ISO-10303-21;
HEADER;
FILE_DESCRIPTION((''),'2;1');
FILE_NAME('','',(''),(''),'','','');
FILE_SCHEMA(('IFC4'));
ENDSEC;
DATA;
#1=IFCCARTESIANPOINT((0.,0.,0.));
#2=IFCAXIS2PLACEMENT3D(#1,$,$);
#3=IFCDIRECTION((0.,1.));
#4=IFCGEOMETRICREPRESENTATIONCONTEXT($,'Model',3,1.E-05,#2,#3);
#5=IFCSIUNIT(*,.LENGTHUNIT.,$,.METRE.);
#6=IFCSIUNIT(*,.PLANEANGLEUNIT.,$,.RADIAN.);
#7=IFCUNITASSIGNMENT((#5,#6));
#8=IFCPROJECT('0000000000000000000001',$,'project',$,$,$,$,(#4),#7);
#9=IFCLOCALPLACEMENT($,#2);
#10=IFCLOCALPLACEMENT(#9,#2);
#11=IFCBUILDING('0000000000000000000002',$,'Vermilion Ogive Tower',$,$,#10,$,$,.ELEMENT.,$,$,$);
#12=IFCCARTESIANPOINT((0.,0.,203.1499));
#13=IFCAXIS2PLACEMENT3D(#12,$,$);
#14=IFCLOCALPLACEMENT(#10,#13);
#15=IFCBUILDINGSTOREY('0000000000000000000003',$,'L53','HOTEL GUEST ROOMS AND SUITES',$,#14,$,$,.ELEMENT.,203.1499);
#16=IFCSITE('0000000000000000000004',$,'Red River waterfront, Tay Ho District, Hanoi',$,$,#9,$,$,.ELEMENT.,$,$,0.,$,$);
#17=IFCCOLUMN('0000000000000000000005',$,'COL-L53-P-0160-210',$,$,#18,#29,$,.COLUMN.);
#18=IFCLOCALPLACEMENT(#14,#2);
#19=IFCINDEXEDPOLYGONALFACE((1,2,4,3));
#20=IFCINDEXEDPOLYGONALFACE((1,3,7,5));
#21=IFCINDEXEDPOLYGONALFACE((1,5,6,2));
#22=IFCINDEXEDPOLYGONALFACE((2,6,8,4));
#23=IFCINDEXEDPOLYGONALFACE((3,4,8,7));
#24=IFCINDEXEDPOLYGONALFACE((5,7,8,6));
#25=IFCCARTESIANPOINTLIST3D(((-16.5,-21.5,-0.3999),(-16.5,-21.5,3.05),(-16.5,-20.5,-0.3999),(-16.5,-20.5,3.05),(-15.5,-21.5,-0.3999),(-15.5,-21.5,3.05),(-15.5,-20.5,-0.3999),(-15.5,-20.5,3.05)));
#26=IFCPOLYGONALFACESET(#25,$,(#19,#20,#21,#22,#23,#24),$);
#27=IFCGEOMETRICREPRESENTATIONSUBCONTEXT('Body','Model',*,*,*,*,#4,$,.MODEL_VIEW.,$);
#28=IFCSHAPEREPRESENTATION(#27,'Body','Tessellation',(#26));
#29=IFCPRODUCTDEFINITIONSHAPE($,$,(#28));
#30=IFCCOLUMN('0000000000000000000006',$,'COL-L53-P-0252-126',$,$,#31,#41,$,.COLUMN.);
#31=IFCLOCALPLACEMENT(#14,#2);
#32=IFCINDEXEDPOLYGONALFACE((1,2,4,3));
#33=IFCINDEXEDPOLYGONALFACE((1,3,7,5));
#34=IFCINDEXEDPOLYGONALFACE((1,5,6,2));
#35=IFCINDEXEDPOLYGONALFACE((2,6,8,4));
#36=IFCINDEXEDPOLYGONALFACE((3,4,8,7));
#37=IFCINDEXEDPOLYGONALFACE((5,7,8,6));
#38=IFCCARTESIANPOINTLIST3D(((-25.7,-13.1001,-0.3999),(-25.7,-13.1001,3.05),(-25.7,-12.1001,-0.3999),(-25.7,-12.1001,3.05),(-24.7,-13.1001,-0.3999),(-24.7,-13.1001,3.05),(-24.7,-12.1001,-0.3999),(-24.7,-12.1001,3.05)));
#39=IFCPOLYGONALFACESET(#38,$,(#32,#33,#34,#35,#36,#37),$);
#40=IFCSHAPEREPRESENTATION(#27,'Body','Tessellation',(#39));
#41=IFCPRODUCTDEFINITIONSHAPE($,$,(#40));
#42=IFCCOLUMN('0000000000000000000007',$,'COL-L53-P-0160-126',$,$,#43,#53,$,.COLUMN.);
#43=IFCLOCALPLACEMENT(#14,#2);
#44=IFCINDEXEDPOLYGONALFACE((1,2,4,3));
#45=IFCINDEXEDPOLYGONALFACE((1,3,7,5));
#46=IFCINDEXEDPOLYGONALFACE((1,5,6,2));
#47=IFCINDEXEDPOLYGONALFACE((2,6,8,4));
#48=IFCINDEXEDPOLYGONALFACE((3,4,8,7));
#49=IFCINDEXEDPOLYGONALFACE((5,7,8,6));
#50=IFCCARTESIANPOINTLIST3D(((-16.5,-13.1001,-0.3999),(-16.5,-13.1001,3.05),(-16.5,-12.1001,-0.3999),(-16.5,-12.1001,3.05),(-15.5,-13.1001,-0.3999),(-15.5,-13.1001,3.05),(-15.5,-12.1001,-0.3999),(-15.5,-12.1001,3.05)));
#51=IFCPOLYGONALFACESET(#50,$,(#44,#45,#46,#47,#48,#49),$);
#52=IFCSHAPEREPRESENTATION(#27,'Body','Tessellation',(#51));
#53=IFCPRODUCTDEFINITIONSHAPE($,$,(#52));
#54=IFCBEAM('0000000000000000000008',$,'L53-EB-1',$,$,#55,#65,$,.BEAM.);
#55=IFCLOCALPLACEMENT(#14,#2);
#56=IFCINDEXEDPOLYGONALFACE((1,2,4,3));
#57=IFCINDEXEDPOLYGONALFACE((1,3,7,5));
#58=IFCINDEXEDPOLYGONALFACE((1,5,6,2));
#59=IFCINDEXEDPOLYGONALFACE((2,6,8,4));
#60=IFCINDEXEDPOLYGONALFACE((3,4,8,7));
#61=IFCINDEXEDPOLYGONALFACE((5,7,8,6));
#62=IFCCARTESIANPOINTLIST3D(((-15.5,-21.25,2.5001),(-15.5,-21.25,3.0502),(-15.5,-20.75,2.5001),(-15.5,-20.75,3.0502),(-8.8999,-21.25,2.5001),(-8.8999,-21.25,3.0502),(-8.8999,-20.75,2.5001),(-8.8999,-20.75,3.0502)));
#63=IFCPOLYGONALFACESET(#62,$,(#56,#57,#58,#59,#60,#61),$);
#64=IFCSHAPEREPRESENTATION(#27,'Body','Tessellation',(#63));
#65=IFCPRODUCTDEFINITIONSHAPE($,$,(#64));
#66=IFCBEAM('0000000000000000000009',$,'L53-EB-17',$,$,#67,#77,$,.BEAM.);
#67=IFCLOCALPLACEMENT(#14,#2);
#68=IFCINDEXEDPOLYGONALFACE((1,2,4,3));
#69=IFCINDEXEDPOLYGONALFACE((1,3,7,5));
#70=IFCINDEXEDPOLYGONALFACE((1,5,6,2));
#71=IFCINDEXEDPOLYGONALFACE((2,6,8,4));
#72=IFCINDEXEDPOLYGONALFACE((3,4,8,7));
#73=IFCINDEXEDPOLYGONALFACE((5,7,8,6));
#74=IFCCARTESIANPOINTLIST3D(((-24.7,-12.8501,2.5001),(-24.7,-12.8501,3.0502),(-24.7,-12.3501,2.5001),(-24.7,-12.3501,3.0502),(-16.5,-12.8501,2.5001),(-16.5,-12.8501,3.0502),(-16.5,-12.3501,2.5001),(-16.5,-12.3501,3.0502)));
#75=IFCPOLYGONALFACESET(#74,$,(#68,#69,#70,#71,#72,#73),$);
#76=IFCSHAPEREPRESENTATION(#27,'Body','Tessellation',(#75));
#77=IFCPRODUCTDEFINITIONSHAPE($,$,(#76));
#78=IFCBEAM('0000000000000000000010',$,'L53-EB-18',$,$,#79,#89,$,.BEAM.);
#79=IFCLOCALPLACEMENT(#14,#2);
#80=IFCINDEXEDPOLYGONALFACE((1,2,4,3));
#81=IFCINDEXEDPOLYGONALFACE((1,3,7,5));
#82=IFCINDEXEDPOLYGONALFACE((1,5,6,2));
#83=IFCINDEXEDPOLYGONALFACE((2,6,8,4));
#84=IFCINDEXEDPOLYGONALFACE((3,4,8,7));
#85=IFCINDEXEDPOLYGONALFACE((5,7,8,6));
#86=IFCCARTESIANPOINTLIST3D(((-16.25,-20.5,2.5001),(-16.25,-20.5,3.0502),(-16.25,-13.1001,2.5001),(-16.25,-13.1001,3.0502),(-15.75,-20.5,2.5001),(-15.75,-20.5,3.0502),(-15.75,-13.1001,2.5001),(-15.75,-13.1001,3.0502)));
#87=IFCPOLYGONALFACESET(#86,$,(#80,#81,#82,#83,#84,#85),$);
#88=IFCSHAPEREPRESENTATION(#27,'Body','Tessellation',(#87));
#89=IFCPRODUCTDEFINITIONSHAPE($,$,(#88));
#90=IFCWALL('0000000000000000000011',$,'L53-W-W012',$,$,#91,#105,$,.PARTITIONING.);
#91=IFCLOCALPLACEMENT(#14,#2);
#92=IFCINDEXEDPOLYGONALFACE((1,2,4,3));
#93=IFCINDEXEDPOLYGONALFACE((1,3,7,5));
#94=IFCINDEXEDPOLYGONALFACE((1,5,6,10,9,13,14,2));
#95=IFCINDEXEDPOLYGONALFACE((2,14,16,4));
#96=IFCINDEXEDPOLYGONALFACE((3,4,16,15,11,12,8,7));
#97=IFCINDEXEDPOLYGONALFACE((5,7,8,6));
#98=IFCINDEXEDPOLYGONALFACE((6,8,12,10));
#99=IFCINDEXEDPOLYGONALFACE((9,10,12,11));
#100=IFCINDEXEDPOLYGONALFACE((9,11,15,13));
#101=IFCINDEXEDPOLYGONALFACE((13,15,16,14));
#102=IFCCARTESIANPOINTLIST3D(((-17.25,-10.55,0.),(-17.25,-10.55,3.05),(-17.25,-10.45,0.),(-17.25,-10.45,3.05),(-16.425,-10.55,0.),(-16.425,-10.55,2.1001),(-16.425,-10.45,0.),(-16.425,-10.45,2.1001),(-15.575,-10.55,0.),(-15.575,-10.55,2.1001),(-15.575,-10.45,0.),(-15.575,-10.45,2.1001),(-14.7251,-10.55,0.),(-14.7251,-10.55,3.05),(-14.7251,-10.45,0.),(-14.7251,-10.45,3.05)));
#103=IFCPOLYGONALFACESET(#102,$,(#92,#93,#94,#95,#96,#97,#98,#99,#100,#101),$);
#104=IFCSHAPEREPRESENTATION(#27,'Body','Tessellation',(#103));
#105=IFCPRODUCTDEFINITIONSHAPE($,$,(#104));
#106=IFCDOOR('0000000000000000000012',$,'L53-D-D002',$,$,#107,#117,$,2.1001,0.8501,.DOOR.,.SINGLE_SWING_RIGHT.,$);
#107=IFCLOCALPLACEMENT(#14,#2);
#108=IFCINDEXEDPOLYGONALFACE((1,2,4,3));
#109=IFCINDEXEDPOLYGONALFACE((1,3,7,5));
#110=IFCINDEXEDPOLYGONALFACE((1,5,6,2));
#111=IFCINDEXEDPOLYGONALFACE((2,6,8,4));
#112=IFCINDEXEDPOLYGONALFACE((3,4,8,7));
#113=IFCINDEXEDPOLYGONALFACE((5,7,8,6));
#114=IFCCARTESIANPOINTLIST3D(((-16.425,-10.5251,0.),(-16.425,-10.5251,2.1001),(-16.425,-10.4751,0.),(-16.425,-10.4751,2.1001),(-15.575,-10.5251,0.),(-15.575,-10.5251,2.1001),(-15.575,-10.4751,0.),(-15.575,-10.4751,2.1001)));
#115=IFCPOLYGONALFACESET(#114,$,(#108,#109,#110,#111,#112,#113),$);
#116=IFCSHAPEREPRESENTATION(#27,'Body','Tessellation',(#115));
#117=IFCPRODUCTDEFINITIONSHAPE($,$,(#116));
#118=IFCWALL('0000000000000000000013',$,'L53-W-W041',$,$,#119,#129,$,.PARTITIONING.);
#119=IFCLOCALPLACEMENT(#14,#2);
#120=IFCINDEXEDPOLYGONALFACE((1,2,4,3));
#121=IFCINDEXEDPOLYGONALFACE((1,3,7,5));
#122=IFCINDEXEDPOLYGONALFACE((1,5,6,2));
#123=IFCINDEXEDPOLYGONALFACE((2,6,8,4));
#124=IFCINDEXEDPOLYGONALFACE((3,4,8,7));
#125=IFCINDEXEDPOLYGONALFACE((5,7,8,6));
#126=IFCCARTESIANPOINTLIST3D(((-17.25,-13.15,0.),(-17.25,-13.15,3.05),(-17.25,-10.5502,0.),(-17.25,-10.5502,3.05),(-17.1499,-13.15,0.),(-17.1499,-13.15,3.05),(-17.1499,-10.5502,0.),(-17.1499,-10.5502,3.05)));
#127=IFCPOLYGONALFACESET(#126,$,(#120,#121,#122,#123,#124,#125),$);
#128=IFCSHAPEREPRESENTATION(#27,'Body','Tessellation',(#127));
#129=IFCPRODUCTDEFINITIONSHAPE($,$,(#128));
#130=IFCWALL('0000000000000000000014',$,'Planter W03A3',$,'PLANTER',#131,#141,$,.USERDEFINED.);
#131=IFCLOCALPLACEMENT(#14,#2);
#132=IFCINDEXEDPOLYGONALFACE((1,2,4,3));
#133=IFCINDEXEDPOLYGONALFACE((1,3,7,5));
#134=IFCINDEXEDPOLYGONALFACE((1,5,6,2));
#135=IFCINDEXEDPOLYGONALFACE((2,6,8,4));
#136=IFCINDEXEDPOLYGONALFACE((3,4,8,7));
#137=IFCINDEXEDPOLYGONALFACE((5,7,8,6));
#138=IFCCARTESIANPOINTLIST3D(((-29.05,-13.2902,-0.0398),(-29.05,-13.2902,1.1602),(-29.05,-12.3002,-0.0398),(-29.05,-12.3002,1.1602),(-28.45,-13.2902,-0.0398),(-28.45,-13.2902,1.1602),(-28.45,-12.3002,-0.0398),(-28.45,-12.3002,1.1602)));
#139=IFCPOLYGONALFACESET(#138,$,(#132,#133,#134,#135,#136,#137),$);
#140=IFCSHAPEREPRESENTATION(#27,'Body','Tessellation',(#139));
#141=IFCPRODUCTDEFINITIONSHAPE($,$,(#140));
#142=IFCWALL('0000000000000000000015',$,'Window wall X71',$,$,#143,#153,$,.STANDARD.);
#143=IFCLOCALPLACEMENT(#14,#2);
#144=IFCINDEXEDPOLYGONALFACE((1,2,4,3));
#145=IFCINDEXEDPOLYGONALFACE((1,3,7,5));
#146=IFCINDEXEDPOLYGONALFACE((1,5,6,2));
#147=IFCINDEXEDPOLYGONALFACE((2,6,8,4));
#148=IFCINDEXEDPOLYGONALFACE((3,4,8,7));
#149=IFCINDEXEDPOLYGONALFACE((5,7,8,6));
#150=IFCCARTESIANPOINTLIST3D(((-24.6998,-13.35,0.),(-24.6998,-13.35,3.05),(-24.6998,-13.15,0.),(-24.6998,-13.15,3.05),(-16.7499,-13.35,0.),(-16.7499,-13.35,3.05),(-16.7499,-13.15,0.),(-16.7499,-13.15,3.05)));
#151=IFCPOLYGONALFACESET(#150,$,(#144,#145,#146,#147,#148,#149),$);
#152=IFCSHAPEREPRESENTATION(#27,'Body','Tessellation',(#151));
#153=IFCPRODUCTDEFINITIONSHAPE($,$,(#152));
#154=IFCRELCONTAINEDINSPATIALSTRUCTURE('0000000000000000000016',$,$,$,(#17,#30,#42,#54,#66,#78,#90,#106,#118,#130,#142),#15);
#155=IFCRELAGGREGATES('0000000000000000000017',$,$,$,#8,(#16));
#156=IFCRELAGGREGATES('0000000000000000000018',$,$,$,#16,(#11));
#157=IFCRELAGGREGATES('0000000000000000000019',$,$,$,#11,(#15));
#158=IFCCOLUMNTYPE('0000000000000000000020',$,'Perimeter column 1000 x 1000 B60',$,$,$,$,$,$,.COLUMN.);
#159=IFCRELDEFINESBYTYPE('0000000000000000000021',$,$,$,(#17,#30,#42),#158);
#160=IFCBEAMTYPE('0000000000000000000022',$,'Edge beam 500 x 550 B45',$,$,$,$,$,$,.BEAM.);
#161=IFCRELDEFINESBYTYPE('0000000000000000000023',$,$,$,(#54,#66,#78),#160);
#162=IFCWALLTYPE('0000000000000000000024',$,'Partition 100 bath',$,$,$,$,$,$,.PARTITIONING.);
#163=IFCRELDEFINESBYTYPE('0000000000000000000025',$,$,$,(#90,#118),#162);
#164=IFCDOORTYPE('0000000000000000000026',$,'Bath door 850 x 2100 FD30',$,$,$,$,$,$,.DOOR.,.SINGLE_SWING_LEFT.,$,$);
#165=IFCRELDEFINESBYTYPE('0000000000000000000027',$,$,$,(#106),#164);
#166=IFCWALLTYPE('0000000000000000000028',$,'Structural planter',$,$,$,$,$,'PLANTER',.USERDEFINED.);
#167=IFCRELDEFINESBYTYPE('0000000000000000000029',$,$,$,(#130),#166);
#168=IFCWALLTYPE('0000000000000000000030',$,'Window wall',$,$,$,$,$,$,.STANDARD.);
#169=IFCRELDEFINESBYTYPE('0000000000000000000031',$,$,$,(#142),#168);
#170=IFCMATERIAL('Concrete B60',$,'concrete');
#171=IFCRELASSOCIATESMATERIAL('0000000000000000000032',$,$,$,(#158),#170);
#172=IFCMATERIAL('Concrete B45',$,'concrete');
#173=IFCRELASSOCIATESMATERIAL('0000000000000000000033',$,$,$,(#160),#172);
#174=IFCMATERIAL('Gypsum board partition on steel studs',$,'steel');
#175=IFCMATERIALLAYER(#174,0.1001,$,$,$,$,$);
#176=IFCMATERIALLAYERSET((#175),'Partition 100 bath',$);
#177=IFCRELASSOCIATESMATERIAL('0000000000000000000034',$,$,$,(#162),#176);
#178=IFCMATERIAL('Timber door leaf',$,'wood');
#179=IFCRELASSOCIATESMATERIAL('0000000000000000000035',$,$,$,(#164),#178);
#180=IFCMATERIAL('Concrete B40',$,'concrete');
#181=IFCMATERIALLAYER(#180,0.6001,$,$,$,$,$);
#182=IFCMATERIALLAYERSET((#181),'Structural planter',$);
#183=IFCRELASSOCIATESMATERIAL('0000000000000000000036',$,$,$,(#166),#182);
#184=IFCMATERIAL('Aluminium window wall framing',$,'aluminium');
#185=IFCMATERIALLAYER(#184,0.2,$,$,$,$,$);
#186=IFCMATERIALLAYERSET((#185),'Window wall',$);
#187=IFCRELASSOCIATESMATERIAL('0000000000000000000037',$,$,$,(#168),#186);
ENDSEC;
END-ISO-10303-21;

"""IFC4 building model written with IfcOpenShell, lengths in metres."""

from ifc_helpers import new_model, si_unit, direction, frame, frame_2d, origin, origin_2d, place, context, subcontext, project, spatial, rectangle, extrude, material, layer, layer_set, material_profile, profile_set, type_object, element, fill, save


model = new_model("IFC4")

# Units and contexts
model_context = context("Model", 3, precision=1e-05, world=origin(), true_north=direction((0.0, 1.0)))
body_context = subcontext(model_context, "Body", "Model", "MODEL_VIEW")
ifc_project = project(units=[si_unit("LENGTHUNIT", "METRE"), si_unit("PLANEANGLEUNIT", "RADIAN")], contexts=[model_context])

# Site, building, storey
site_placement = place(None, origin())
site = spatial("IfcSite", under=ifc_project, at=site_placement, Name="Red River waterfront, Tay Ho District, Hanoi", CompositionType="ELEMENT", RefElevation=0.0)
building_placement = place(site_placement, origin())
building = spatial("IfcBuilding", under=site, at=building_placement, Name="Vermilion Ogive Tower", CompositionType="ELEMENT")
storey_placement = place(building_placement, frame((0.0, 0.0, 203.1499)))
storey = spatial("IfcBuildingStorey", under=building, at=storey_placement, Name="L53", Description="HOTEL GUEST ROOMS AND SUITES", CompositionType="ELEMENT", Elevation=203.1499)

# Columns
ifc_material_1 = material(Name="Concrete B60", Category="concrete")
ifc_material_profile_1 = material_profile(ifc_material_1, rectangle(XDim=1.0, YDim=1.0, at=origin_2d()), Name="1000 x 1000")
ifc_profile_set_1 = profile_set([ifc_material_profile_1], Name="Concrete B60")
column_type = type_object("IfcColumnType", Name="Perimeter column 1000 x 1000 B60", PredefinedType="COLUMN", material=ifc_profile_set_1)
for number, where, z_axis, x_axis, name in (
    (1, (-16.0, -21.0, -0.3999), (0.0, 0.0, 1.0), (1.0, 0.0, 0.0), "COL-L53-P-0160-210"),
    (2, (-25.2, -12.6001, -0.3999), (0.0, 0.0, 1.0), (1.0, 0.0, 0.0), "COL-L53-P-0252-126"),
    (3, (-16.0, -12.6001, -0.3999), (0.0, 0.0, 1.0), (1.0, 0.0, 0.0), "COL-L53-P-0160-126"),
):
    element("IfcColumn", number, at=place(storey_placement, frame(where, z_axis=z_axis, x_axis=x_axis)), inside=storey, type_object=column_type, Name=name, PredefinedType="COLUMN", context=body_context, shape_type="SweptSolid", body=[
        extrude(rectangle(XDim=1.0, YDim=1.0, at=origin_2d()), origin(), (0.0, 0.0, 1.0), 3.45),
    ])

# Beams
ifc_material_2 = material(Name="Concrete B45", Category="concrete")
ifc_material_profile_2 = material_profile(ifc_material_2, rectangle(XDim=0.5, YDim=0.55, at=origin_2d()), Name="500 x 550")
ifc_profile_set_2 = profile_set([ifc_material_profile_2], Name="Concrete B45")
beam_type = type_object("IfcBeamType", Name="Edge beam 500 x 550 B45", PredefinedType="BEAM", material=ifc_profile_set_2)
beam_1_placement = place(storey_placement, frame((-15.5, -21.0, 2.7751), z_axis=(1.0, 0.0, 0.0), x_axis=(0.0, 1.0, 0.0)))
element("IfcBeam", 4, at=beam_1_placement, inside=storey, type_object=beam_type, Name="L53-EB-1", PredefinedType="BEAM", context=body_context, shape_type="SweptSolid", body=[
    extrude(rectangle(XDim=0.5, YDim=0.55, at=origin_2d()), origin(), (0.0, 0.0, 1.0), 6.6001),
])
beam_2_placement = place(storey_placement, frame((-24.7, -12.6001, 2.7751), z_axis=(1.0, 0.0, 0.0), x_axis=(0.0, 1.0, 0.0)))
element("IfcBeam", 5, at=beam_2_placement, inside=storey, type_object=beam_type, Name="L53-EB-17", PredefinedType="BEAM", context=body_context, shape_type="SweptSolid", body=[
    extrude(rectangle(XDim=0.5, YDim=0.55, at=origin_2d()), origin(), (0.0, 0.0, 1.0), 8.2),
])
beam_3_placement = place(storey_placement, frame((-16.0, -13.1001, 2.7751), z_axis=(0.0, -1.0, 0.0), x_axis=(1.0, 0.0, 0.0)))
element("IfcBeam", 6, at=beam_3_placement, inside=storey, type_object=beam_type, Name="L53-EB-18", PredefinedType="BEAM", context=body_context, shape_type="SweptSolid", body=[
    extrude(rectangle(XDim=0.5, YDim=0.55, at=origin_2d()), origin(), (0.0, 0.0, 1.0), 7.3999),
])

# Wall, opening, door
ifc_material_3 = material(Name="Gypsum board partition on steel studs", Category="steel")
ifc_layer_1 = layer(ifc_material_3, 0.1001)
ifc_layer_set_1 = layer_set([ifc_layer_1], Name="Partition 100 bath")
wall_type_1 = type_object("IfcWallType", Name="Partition 100 bath", PredefinedType="PARTITIONING", material=ifc_layer_set_1)
wall_1_placement = place(storey_placement, frame((-17.25, -10.5, 0.0), z_axis=(0.0, 0.0, 1.0), x_axis=(1.0, 0.0, 0.0)))
wall_1 = element("IfcWall", 7, at=wall_1_placement, inside=storey, type_object=wall_type_1, Name="L53-W-W012", PredefinedType="PARTITIONING", context=body_context, shape_type="SweptSolid", body=[
    extrude(rectangle(XDim=2.5249, YDim=0.1001, at=frame_2d((1.2625, 0.0))), origin(), (0.0, 0.0, 1.0), 3.05),
])
opening_1_placement = place(wall_1_placement, frame((0.825, 0.0, 0.0)))
opening_1 = element("IfcOpeningElement", 8, at=opening_1_placement, cuts=wall_1, PredefinedType="OPENING", context=body_context, shape_type="SweptSolid", body=[
    extrude(rectangle(XDim=0.8501, YDim=2.1001, at=frame_2d((0.425, 1.05))), frame((0.0, 0.0601, 0.0), z_axis=(0.0, -1.0, 0.0), x_axis=(1.0, 0.0, 0.0)), (0.0, 0.0, 1.0), 0.1201),
])
ifc_material_4 = material(Name="Timber door leaf", Category="wood")
door_type = type_object("IfcDoorType", Name="Bath door 850 x 2100 FD30", OperationType="SINGLE_SWING_LEFT", PredefinedType="DOOR", material=ifc_material_4)
door_placement = place(opening_1_placement, origin())
door = element("IfcDoor", 9, at=door_placement, inside=storey, type_object=door_type, Name="L53-D-D002", OperationType="SINGLE_SWING_RIGHT", OverallHeight=2.1001, OverallWidth=0.8501, PredefinedType="DOOR", context=body_context, shape_type="SweptSolid", body=[
    extrude(rectangle(XDim=0.8501, YDim=2.1001, at=frame_2d((0.425, 1.05))), frame((0.0, 0.0249, 0.0), z_axis=(0.0, -1.0, 0.0), x_axis=(1.0, 0.0, 0.0)), (0.0, 0.0, 1.0), 0.05),
])
fill(opening_1, door)

# Walls
wall_2_placement = place(storey_placement, frame((-17.2, -13.1499, 0.0), z_axis=(0.0, 0.0, 1.0), x_axis=(0.0, 1.0, 0.0)))
element("IfcWall", 10, at=wall_2_placement, inside=storey, type_object=wall_type_1, Name="L53-W-W041", PredefinedType="PARTITIONING", context=body_context, shape_type="SweptSolid", body=[
    extrude(rectangle(XDim=2.5999, YDim=0.1001, at=frame_2d((1.2998, 0.0))), origin(), (0.0, 0.0, 1.0), 3.05),
])
ifc_material_5 = material(Name="Concrete B40", Category="concrete")
ifc_layer_2 = layer(ifc_material_5, 0.6001)
ifc_layer_set_2 = layer_set([ifc_layer_2], Name="Structural planter")
wall_type_2 = type_object("IfcWallType", Name="Structural planter", ElementType="PLANTER", PredefinedType="USERDEFINED", material=ifc_layer_set_2)
wall_3_placement = place(storey_placement, frame((-28.75, -12.3, -0.0398), z_axis=(0.0, 0.0, 1.0), x_axis=(0.0, -1.0, 0.0)))
element("IfcWall", 11, at=wall_3_placement, inside=storey, type_object=wall_type_2, Name="Planter W03A3", ObjectType="PLANTER", PredefinedType="USERDEFINED", context=body_context, shape_type="SweptSolid", body=[
    extrude(rectangle(XDim=0.99, YDim=0.6001, at=frame_2d((0.4951, 0.0))), origin(), (0.0, 0.0, 1.0), 1.2),
])
ifc_material_6 = material(Name="Aluminium window wall framing", Category="aluminium")
ifc_layer_3 = layer(ifc_material_6, 0.2)
ifc_layer_set_3 = layer_set([ifc_layer_3], Name="Window wall")
wall_type_3 = type_object("IfcWallType", Name="Window wall", PredefinedType="STANDARD", material=ifc_layer_set_3)
wall_4_placement = place(storey_placement, frame((-24.7, -13.25, 0.0), z_axis=(0.0, 0.0, 1.0), x_axis=(1.0, 0.0, 0.0)))
element("IfcWall", 12, at=wall_4_placement, inside=storey, type_object=wall_type_3, Name="Window wall X71", PredefinedType="STANDARD", context=body_context, shape_type="SweptSolid", body=[
    extrude(rectangle(XDim=7.95, YDim=0.2, at=frame_2d((3.9751, 0.0))), origin(), (0.0, 0.0, 1.0), 3.05),
])

save(model, "model.ifc")
